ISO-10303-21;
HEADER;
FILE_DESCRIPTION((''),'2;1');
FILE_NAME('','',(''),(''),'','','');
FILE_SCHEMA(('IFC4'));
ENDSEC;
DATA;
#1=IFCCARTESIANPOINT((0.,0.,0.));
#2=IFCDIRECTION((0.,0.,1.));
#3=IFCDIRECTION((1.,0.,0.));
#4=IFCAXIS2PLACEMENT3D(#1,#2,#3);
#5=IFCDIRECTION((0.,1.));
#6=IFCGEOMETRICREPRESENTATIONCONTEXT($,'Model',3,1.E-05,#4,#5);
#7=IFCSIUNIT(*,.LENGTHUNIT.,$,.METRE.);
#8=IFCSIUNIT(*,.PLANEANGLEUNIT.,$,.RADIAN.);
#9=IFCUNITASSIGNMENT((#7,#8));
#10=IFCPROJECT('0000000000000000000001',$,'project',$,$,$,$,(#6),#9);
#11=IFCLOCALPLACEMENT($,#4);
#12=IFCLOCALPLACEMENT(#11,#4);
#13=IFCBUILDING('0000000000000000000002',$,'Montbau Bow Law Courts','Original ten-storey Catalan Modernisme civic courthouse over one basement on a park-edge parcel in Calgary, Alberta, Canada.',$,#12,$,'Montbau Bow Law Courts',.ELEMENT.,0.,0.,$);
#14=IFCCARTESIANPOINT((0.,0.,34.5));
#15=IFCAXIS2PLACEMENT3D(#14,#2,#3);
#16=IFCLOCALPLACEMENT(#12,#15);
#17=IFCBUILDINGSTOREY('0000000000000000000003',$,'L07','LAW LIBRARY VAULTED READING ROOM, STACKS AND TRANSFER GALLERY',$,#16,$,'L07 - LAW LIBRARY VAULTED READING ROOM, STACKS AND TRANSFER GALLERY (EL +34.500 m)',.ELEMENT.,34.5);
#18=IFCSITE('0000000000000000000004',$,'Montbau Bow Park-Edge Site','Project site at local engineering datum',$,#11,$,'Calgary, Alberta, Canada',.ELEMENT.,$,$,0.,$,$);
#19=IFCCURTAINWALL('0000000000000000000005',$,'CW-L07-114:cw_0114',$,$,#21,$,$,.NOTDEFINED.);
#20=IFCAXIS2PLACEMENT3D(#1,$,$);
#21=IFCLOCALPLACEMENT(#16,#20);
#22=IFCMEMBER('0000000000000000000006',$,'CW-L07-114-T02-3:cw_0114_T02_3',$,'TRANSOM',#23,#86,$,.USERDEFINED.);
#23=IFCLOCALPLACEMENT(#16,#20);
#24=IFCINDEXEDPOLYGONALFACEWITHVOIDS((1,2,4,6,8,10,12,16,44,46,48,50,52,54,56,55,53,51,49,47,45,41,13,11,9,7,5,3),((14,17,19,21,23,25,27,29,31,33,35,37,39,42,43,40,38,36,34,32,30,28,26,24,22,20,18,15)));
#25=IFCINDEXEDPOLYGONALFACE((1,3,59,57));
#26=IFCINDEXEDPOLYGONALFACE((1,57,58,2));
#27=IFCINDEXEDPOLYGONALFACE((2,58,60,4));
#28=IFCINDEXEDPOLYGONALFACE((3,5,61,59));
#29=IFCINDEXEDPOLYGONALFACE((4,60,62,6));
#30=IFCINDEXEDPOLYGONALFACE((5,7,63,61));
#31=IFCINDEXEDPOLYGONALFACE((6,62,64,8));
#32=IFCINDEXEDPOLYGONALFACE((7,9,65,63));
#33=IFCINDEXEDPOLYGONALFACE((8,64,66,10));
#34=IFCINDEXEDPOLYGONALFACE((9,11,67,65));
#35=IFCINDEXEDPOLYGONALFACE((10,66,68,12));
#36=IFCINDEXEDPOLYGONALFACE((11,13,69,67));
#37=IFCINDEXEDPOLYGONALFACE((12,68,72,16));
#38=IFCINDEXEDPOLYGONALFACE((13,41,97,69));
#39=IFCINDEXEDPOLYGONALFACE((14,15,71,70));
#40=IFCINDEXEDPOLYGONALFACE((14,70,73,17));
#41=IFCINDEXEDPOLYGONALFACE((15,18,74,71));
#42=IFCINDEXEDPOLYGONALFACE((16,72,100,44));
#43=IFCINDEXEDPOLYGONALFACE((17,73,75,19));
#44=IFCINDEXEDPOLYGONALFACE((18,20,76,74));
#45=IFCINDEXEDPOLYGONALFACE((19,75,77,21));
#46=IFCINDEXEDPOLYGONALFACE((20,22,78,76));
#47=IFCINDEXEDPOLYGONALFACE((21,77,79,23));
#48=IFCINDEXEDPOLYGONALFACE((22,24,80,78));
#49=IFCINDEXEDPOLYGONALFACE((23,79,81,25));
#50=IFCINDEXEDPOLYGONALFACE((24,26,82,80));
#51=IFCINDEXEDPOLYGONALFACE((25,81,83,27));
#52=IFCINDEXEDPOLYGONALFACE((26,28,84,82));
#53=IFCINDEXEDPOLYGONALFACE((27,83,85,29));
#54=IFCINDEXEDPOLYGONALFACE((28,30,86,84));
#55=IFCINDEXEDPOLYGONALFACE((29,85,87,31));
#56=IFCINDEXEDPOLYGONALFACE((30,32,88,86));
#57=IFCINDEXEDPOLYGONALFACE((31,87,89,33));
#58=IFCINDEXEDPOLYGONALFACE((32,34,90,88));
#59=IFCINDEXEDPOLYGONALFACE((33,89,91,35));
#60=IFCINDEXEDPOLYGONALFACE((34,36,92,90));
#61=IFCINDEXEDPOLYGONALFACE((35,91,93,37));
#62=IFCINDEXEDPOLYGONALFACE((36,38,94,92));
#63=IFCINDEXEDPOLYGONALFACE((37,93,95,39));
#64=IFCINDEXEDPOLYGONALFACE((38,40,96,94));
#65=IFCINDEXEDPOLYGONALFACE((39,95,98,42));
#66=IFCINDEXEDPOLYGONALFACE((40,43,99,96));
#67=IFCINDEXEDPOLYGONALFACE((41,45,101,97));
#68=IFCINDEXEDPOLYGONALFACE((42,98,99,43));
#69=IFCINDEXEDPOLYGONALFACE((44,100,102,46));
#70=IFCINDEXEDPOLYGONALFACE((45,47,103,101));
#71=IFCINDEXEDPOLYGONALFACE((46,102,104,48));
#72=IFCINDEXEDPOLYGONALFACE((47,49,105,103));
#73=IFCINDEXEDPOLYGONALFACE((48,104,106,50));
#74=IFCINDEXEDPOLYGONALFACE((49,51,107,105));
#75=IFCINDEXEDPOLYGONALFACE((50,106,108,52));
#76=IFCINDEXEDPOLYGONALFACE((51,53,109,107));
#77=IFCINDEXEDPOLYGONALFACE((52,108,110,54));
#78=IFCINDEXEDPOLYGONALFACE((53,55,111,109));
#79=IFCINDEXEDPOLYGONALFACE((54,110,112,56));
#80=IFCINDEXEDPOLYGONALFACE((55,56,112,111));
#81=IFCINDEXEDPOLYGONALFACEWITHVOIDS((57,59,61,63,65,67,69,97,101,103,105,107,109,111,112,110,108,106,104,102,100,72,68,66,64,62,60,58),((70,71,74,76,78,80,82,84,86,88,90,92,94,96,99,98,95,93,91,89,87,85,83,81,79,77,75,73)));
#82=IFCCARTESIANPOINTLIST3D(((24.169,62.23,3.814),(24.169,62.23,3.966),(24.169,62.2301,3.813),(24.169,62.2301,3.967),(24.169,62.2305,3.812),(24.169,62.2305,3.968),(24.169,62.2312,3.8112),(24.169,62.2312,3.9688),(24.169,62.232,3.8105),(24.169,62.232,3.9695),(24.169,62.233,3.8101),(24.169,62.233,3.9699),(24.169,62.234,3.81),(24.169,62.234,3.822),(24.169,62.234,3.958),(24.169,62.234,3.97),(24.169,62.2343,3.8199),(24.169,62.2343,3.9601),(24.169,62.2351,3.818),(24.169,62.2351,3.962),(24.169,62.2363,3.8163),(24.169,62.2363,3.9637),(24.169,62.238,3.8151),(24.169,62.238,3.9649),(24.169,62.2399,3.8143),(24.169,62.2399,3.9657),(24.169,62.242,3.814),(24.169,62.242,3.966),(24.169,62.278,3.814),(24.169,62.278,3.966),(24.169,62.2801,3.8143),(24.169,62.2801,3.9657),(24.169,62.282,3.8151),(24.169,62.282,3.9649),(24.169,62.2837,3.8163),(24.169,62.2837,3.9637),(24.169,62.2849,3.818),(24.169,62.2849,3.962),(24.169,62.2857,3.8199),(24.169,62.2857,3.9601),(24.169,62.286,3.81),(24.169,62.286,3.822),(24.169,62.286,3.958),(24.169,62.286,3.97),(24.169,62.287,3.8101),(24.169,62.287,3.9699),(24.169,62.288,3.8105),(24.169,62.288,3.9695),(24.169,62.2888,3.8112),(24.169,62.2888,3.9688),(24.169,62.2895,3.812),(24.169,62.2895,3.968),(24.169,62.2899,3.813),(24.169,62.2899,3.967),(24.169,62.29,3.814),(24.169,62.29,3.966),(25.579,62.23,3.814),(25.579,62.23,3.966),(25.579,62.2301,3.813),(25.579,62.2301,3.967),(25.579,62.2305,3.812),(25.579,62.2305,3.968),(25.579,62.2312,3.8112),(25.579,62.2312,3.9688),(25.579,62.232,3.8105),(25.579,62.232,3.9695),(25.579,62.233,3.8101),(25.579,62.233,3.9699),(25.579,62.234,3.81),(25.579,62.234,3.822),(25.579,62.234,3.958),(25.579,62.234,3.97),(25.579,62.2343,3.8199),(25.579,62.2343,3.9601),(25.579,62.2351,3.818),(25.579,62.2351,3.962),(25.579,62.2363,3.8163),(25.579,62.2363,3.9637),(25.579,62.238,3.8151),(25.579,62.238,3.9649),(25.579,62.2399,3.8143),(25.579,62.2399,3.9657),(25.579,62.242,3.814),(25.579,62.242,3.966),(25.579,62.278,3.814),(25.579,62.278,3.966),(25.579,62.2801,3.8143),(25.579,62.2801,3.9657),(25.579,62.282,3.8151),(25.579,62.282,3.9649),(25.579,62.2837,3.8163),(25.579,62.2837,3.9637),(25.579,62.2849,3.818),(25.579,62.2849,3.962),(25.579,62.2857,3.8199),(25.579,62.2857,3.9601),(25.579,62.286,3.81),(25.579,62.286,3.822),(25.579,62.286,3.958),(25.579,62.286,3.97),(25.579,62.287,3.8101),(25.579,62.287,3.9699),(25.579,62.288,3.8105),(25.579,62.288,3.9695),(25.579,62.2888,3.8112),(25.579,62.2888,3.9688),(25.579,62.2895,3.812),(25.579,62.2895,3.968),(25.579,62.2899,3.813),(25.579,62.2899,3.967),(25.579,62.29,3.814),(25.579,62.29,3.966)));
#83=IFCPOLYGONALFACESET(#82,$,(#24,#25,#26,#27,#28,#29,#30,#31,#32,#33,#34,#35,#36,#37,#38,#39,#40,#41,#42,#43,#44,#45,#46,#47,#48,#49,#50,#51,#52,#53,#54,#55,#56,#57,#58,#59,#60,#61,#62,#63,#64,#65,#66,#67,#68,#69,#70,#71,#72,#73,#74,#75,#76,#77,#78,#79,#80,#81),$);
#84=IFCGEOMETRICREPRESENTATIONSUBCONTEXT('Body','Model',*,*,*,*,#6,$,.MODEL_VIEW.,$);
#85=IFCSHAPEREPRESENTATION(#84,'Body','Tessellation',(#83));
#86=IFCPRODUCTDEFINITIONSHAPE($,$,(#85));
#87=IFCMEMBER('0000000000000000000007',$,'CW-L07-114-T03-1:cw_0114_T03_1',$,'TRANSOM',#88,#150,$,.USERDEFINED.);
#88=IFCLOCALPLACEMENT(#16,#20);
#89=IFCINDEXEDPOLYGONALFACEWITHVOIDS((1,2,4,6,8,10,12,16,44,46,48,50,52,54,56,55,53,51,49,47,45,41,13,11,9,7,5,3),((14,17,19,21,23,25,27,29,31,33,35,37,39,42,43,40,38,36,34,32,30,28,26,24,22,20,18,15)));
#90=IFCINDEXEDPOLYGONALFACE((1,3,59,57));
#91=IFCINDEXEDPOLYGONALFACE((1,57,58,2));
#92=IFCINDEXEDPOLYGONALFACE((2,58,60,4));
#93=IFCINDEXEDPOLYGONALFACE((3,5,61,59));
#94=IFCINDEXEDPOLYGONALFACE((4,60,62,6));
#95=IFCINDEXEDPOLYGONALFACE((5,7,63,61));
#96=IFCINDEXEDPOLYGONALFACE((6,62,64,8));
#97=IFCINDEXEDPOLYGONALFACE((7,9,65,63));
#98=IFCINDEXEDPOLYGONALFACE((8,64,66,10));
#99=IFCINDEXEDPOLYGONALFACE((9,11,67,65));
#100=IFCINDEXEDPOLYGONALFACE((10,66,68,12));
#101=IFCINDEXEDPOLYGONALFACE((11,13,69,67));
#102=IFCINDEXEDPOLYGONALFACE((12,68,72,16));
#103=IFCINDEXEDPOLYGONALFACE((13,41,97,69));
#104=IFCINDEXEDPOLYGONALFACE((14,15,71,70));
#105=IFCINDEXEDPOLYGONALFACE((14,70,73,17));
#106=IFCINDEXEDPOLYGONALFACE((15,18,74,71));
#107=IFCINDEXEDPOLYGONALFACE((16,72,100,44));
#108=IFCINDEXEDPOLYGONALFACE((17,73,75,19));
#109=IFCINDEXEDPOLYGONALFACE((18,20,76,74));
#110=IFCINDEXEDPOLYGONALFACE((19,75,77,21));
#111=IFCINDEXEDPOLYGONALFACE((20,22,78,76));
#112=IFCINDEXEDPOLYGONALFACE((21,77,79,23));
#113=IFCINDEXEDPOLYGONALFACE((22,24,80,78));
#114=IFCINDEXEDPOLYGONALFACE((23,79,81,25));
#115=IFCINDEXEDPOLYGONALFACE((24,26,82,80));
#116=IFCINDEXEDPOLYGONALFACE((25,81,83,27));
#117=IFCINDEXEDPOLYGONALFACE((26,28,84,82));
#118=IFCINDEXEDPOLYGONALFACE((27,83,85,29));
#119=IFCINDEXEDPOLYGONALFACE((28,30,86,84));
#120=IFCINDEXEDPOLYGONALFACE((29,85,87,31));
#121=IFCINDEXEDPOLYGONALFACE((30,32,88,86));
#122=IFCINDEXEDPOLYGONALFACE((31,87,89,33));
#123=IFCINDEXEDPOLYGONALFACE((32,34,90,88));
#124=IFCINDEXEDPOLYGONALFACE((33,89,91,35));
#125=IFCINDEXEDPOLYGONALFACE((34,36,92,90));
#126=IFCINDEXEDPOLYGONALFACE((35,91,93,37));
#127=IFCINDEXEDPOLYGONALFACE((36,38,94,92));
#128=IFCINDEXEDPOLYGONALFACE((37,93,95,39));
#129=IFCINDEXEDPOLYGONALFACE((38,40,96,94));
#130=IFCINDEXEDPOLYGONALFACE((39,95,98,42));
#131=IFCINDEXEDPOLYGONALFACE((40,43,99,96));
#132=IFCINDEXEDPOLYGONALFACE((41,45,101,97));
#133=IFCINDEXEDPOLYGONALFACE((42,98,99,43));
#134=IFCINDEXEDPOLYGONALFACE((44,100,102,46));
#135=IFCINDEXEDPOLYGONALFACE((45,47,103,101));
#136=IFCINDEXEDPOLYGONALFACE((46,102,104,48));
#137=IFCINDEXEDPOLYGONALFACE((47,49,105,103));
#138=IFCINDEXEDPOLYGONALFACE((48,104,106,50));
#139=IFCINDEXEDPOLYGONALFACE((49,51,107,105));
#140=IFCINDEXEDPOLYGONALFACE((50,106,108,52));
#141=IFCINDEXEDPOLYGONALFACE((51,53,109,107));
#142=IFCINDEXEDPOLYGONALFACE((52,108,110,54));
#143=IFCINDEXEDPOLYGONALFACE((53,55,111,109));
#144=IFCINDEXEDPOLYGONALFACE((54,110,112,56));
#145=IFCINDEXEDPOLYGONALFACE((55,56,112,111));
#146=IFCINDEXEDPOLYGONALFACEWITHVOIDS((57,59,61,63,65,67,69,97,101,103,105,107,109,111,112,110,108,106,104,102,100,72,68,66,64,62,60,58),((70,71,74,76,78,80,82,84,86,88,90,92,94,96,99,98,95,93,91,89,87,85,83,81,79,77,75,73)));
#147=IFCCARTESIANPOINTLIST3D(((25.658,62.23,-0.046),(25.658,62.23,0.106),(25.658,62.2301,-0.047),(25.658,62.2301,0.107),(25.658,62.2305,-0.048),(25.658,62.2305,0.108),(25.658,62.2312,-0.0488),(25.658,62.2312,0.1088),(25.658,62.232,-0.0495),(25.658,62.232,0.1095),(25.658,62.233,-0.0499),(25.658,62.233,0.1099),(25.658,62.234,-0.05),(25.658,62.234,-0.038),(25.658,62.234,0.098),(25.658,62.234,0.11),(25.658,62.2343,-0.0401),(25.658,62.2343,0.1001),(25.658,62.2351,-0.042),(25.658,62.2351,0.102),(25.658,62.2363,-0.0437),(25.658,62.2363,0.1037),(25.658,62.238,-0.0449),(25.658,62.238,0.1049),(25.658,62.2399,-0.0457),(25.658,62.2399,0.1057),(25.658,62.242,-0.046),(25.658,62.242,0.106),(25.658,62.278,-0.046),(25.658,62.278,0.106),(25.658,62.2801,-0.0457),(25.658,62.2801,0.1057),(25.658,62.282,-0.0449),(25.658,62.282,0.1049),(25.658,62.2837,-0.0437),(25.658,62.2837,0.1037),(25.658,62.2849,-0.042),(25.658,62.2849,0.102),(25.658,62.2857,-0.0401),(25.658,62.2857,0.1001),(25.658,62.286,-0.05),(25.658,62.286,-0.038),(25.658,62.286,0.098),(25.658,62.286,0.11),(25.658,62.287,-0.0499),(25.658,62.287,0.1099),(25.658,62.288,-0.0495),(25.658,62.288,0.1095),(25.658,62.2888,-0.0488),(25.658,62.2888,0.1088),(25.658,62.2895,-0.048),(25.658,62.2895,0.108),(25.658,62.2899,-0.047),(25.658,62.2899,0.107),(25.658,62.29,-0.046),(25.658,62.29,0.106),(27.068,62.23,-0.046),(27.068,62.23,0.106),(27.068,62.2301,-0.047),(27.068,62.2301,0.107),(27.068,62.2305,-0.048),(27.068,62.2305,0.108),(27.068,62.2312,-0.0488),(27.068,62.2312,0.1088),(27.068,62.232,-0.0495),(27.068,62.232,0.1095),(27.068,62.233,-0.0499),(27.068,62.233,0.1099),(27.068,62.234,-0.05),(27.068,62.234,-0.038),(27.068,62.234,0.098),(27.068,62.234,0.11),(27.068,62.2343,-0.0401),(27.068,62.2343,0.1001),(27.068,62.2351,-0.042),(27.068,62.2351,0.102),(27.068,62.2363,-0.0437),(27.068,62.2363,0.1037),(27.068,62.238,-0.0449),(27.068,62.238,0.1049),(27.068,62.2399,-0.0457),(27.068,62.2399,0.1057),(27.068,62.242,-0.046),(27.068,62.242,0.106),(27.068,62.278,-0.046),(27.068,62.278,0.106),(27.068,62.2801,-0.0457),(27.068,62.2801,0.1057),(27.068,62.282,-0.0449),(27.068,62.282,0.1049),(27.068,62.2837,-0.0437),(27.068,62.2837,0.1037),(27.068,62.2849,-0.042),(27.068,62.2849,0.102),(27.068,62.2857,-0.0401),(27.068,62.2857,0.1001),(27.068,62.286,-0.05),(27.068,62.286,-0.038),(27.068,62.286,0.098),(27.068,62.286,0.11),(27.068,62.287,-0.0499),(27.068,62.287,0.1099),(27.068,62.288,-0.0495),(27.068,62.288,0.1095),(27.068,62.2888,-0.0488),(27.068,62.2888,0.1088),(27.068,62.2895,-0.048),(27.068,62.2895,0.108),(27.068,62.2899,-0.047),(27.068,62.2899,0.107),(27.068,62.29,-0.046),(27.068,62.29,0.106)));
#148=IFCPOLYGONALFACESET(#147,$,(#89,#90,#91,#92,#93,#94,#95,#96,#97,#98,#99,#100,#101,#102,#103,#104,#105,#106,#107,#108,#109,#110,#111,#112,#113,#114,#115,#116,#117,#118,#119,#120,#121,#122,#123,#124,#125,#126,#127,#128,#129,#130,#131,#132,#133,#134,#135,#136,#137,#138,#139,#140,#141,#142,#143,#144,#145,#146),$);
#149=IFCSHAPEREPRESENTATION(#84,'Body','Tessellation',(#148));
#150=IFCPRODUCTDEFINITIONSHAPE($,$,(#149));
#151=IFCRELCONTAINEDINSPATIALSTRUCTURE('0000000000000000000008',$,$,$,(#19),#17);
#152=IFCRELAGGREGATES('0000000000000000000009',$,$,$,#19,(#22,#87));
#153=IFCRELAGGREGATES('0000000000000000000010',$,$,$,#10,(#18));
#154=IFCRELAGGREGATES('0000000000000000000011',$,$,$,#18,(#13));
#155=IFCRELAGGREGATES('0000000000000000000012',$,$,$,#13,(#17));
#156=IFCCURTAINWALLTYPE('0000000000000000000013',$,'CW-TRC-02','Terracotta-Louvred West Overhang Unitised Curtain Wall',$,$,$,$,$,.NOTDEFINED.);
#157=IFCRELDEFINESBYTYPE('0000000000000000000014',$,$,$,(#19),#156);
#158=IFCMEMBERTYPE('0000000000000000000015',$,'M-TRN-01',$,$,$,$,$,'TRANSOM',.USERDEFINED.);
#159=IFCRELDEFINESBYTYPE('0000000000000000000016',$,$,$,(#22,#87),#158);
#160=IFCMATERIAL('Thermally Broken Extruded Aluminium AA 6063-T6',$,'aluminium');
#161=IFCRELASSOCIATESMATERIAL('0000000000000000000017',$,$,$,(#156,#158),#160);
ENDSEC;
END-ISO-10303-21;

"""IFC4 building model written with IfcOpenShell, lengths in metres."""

from ifc_helpers import new_model, si_unit, direction, frame, origin_with_axes, origin_2d_with_axis, place, context, subcontext, project, spatial, hollow_rectangle, extrude, material, material_profile, profile_set, type_object, element, aggregate, save


model = new_model("IFC4")

# Units and contexts
model_context = context("Model", 3, precision=1e-05, world=origin_with_axes(), true_north=direction((0.0, 1.0)))
body_context = subcontext(model_context, "Body", "Model", "MODEL_VIEW")
ifc_project = project(units=[si_unit("LENGTHUNIT", "METRE"), si_unit("PLANEANGLEUNIT", "RADIAN")], contexts=[model_context])

# Site, building, storey
site_placement = place(None, origin_with_axes())
site = spatial("IfcSite", under=ifc_project, at=site_placement, Name="Montbau Bow Park-Edge Site", Description="Project site at local engineering datum", LongName="Calgary, Alberta, Canada", CompositionType="ELEMENT", RefElevation=0.0)
building_placement = place(site_placement, origin_with_axes())
building = spatial("IfcBuilding", under=site, at=building_placement, Name="Montbau Bow Law Courts", Description="Original ten-storey Catalan Modernisme civic courthouse over one basement on a park-edge parcel in Calgary, Alberta, Canada.", LongName="Montbau Bow Law Courts", CompositionType="ELEMENT", ElevationOfRefHeight=0.0, ElevationOfTerrain=0.0)
storey_placement = place(building_placement, frame((0.0, 0.0, 34.5), z_axis=(0.0, 0.0, 1.0), x_axis=(1.0, 0.0, 0.0)))
storey = spatial("IfcBuildingStorey", under=building, at=storey_placement, Name="L07", Description="LAW LIBRARY VAULTED READING ROOM, STACKS AND TRANSFER GALLERY", LongName="L07 - LAW LIBRARY VAULTED READING ROOM, STACKS AND TRANSFER GALLERY (EL +34.500 m)", CompositionType="ELEMENT", Elevation=34.5)

# Curtain wall, members
ifc_material_1 = material(Name="Thermally Broken Extruded Aluminium AA 6063-T6", Category="aluminium")
curtain_wall_type = type_object("IfcCurtainWallType", Name="CW-TRC-02", Description="Terracotta-Louvred West Overhang Unitised Curtain Wall", PredefinedType="NOTDEFINED", material=ifc_material_1)
curtain_wall_placement = place(None, frame((22.64, 62.26, 34.5), z_axis=(0.0, 0.0, 1.0), x_axis=(1.0, 0.0, 0.0)))
curtain_wall = element("IfcCurtainWall", 1, at=curtain_wall_placement, inside=storey, type_object=curtain_wall_type, Name="CW-L07-114:cw_0114", PredefinedType="NOTDEFINED")
ifc_material_profile_1 = material_profile(ifc_material_1, hollow_rectangle(XDim=0.06, YDim=0.16, WallThickness=0.004, InnerFilletRadius=0.008, OuterFilletRadius=0.004, at=origin_2d_with_axis()), Name="CWT-160X60", Category="Main", Priority=0)
ifc_profile_set_1 = profile_set([ifc_material_profile_1], Name="Thermally Broken Extruded Aluminium AA 6063-T6")
member_type_1 = type_object("IfcMemberType", Name="M-TRN-01", ElementType="TRANSOM", PredefinedType="USERDEFINED", material=ifc_profile_set_1)
member_1_placement = place(None, frame((24.169, 62.26, 38.39), z_axis=(1.0, 0.0, 0.0), x_axis=(0.0, 1.0, 0.0)))
member_1 = element("IfcMember", 2, at=member_1_placement, type_object=member_type_1, Name="CW-L07-114-T02-3:cw_0114_T02_3", ObjectType="TRANSOM", PredefinedType="USERDEFINED", context=body_context, shape_type="SweptSolid", body=[
    extrude(hollow_rectangle(XDim=0.06, YDim=0.16, WallThickness=0.004, InnerFilletRadius=0.008, OuterFilletRadius=0.004, at=origin_2d_with_axis()), origin_with_axes(), (0.0, 0.0, 1.0), 1.41),
])
member_2_placement = place(None, frame((25.658, 62.26, 34.53), z_axis=(1.0, 0.0, 0.0), x_axis=(0.0, 1.0, 0.0)))
member_2 = element("IfcMember", 3, at=member_2_placement, type_object=member_type_1, Name="CW-L07-114-T03-1:cw_0114_T03_1", ObjectType="TRANSOM", PredefinedType="USERDEFINED", context=body_context, shape_type="SweptSolid", body=[
    extrude(hollow_rectangle(XDim=0.06, YDim=0.16, WallThickness=0.004, InnerFilletRadius=0.008, OuterFilletRadius=0.004, at=origin_2d_with_axis()), origin_with_axes(), (0.0, 0.0, 1.0), 1.41),
])
aggregate(curtain_wall, [member_1, member_2])

save(model, "model.ifc")
